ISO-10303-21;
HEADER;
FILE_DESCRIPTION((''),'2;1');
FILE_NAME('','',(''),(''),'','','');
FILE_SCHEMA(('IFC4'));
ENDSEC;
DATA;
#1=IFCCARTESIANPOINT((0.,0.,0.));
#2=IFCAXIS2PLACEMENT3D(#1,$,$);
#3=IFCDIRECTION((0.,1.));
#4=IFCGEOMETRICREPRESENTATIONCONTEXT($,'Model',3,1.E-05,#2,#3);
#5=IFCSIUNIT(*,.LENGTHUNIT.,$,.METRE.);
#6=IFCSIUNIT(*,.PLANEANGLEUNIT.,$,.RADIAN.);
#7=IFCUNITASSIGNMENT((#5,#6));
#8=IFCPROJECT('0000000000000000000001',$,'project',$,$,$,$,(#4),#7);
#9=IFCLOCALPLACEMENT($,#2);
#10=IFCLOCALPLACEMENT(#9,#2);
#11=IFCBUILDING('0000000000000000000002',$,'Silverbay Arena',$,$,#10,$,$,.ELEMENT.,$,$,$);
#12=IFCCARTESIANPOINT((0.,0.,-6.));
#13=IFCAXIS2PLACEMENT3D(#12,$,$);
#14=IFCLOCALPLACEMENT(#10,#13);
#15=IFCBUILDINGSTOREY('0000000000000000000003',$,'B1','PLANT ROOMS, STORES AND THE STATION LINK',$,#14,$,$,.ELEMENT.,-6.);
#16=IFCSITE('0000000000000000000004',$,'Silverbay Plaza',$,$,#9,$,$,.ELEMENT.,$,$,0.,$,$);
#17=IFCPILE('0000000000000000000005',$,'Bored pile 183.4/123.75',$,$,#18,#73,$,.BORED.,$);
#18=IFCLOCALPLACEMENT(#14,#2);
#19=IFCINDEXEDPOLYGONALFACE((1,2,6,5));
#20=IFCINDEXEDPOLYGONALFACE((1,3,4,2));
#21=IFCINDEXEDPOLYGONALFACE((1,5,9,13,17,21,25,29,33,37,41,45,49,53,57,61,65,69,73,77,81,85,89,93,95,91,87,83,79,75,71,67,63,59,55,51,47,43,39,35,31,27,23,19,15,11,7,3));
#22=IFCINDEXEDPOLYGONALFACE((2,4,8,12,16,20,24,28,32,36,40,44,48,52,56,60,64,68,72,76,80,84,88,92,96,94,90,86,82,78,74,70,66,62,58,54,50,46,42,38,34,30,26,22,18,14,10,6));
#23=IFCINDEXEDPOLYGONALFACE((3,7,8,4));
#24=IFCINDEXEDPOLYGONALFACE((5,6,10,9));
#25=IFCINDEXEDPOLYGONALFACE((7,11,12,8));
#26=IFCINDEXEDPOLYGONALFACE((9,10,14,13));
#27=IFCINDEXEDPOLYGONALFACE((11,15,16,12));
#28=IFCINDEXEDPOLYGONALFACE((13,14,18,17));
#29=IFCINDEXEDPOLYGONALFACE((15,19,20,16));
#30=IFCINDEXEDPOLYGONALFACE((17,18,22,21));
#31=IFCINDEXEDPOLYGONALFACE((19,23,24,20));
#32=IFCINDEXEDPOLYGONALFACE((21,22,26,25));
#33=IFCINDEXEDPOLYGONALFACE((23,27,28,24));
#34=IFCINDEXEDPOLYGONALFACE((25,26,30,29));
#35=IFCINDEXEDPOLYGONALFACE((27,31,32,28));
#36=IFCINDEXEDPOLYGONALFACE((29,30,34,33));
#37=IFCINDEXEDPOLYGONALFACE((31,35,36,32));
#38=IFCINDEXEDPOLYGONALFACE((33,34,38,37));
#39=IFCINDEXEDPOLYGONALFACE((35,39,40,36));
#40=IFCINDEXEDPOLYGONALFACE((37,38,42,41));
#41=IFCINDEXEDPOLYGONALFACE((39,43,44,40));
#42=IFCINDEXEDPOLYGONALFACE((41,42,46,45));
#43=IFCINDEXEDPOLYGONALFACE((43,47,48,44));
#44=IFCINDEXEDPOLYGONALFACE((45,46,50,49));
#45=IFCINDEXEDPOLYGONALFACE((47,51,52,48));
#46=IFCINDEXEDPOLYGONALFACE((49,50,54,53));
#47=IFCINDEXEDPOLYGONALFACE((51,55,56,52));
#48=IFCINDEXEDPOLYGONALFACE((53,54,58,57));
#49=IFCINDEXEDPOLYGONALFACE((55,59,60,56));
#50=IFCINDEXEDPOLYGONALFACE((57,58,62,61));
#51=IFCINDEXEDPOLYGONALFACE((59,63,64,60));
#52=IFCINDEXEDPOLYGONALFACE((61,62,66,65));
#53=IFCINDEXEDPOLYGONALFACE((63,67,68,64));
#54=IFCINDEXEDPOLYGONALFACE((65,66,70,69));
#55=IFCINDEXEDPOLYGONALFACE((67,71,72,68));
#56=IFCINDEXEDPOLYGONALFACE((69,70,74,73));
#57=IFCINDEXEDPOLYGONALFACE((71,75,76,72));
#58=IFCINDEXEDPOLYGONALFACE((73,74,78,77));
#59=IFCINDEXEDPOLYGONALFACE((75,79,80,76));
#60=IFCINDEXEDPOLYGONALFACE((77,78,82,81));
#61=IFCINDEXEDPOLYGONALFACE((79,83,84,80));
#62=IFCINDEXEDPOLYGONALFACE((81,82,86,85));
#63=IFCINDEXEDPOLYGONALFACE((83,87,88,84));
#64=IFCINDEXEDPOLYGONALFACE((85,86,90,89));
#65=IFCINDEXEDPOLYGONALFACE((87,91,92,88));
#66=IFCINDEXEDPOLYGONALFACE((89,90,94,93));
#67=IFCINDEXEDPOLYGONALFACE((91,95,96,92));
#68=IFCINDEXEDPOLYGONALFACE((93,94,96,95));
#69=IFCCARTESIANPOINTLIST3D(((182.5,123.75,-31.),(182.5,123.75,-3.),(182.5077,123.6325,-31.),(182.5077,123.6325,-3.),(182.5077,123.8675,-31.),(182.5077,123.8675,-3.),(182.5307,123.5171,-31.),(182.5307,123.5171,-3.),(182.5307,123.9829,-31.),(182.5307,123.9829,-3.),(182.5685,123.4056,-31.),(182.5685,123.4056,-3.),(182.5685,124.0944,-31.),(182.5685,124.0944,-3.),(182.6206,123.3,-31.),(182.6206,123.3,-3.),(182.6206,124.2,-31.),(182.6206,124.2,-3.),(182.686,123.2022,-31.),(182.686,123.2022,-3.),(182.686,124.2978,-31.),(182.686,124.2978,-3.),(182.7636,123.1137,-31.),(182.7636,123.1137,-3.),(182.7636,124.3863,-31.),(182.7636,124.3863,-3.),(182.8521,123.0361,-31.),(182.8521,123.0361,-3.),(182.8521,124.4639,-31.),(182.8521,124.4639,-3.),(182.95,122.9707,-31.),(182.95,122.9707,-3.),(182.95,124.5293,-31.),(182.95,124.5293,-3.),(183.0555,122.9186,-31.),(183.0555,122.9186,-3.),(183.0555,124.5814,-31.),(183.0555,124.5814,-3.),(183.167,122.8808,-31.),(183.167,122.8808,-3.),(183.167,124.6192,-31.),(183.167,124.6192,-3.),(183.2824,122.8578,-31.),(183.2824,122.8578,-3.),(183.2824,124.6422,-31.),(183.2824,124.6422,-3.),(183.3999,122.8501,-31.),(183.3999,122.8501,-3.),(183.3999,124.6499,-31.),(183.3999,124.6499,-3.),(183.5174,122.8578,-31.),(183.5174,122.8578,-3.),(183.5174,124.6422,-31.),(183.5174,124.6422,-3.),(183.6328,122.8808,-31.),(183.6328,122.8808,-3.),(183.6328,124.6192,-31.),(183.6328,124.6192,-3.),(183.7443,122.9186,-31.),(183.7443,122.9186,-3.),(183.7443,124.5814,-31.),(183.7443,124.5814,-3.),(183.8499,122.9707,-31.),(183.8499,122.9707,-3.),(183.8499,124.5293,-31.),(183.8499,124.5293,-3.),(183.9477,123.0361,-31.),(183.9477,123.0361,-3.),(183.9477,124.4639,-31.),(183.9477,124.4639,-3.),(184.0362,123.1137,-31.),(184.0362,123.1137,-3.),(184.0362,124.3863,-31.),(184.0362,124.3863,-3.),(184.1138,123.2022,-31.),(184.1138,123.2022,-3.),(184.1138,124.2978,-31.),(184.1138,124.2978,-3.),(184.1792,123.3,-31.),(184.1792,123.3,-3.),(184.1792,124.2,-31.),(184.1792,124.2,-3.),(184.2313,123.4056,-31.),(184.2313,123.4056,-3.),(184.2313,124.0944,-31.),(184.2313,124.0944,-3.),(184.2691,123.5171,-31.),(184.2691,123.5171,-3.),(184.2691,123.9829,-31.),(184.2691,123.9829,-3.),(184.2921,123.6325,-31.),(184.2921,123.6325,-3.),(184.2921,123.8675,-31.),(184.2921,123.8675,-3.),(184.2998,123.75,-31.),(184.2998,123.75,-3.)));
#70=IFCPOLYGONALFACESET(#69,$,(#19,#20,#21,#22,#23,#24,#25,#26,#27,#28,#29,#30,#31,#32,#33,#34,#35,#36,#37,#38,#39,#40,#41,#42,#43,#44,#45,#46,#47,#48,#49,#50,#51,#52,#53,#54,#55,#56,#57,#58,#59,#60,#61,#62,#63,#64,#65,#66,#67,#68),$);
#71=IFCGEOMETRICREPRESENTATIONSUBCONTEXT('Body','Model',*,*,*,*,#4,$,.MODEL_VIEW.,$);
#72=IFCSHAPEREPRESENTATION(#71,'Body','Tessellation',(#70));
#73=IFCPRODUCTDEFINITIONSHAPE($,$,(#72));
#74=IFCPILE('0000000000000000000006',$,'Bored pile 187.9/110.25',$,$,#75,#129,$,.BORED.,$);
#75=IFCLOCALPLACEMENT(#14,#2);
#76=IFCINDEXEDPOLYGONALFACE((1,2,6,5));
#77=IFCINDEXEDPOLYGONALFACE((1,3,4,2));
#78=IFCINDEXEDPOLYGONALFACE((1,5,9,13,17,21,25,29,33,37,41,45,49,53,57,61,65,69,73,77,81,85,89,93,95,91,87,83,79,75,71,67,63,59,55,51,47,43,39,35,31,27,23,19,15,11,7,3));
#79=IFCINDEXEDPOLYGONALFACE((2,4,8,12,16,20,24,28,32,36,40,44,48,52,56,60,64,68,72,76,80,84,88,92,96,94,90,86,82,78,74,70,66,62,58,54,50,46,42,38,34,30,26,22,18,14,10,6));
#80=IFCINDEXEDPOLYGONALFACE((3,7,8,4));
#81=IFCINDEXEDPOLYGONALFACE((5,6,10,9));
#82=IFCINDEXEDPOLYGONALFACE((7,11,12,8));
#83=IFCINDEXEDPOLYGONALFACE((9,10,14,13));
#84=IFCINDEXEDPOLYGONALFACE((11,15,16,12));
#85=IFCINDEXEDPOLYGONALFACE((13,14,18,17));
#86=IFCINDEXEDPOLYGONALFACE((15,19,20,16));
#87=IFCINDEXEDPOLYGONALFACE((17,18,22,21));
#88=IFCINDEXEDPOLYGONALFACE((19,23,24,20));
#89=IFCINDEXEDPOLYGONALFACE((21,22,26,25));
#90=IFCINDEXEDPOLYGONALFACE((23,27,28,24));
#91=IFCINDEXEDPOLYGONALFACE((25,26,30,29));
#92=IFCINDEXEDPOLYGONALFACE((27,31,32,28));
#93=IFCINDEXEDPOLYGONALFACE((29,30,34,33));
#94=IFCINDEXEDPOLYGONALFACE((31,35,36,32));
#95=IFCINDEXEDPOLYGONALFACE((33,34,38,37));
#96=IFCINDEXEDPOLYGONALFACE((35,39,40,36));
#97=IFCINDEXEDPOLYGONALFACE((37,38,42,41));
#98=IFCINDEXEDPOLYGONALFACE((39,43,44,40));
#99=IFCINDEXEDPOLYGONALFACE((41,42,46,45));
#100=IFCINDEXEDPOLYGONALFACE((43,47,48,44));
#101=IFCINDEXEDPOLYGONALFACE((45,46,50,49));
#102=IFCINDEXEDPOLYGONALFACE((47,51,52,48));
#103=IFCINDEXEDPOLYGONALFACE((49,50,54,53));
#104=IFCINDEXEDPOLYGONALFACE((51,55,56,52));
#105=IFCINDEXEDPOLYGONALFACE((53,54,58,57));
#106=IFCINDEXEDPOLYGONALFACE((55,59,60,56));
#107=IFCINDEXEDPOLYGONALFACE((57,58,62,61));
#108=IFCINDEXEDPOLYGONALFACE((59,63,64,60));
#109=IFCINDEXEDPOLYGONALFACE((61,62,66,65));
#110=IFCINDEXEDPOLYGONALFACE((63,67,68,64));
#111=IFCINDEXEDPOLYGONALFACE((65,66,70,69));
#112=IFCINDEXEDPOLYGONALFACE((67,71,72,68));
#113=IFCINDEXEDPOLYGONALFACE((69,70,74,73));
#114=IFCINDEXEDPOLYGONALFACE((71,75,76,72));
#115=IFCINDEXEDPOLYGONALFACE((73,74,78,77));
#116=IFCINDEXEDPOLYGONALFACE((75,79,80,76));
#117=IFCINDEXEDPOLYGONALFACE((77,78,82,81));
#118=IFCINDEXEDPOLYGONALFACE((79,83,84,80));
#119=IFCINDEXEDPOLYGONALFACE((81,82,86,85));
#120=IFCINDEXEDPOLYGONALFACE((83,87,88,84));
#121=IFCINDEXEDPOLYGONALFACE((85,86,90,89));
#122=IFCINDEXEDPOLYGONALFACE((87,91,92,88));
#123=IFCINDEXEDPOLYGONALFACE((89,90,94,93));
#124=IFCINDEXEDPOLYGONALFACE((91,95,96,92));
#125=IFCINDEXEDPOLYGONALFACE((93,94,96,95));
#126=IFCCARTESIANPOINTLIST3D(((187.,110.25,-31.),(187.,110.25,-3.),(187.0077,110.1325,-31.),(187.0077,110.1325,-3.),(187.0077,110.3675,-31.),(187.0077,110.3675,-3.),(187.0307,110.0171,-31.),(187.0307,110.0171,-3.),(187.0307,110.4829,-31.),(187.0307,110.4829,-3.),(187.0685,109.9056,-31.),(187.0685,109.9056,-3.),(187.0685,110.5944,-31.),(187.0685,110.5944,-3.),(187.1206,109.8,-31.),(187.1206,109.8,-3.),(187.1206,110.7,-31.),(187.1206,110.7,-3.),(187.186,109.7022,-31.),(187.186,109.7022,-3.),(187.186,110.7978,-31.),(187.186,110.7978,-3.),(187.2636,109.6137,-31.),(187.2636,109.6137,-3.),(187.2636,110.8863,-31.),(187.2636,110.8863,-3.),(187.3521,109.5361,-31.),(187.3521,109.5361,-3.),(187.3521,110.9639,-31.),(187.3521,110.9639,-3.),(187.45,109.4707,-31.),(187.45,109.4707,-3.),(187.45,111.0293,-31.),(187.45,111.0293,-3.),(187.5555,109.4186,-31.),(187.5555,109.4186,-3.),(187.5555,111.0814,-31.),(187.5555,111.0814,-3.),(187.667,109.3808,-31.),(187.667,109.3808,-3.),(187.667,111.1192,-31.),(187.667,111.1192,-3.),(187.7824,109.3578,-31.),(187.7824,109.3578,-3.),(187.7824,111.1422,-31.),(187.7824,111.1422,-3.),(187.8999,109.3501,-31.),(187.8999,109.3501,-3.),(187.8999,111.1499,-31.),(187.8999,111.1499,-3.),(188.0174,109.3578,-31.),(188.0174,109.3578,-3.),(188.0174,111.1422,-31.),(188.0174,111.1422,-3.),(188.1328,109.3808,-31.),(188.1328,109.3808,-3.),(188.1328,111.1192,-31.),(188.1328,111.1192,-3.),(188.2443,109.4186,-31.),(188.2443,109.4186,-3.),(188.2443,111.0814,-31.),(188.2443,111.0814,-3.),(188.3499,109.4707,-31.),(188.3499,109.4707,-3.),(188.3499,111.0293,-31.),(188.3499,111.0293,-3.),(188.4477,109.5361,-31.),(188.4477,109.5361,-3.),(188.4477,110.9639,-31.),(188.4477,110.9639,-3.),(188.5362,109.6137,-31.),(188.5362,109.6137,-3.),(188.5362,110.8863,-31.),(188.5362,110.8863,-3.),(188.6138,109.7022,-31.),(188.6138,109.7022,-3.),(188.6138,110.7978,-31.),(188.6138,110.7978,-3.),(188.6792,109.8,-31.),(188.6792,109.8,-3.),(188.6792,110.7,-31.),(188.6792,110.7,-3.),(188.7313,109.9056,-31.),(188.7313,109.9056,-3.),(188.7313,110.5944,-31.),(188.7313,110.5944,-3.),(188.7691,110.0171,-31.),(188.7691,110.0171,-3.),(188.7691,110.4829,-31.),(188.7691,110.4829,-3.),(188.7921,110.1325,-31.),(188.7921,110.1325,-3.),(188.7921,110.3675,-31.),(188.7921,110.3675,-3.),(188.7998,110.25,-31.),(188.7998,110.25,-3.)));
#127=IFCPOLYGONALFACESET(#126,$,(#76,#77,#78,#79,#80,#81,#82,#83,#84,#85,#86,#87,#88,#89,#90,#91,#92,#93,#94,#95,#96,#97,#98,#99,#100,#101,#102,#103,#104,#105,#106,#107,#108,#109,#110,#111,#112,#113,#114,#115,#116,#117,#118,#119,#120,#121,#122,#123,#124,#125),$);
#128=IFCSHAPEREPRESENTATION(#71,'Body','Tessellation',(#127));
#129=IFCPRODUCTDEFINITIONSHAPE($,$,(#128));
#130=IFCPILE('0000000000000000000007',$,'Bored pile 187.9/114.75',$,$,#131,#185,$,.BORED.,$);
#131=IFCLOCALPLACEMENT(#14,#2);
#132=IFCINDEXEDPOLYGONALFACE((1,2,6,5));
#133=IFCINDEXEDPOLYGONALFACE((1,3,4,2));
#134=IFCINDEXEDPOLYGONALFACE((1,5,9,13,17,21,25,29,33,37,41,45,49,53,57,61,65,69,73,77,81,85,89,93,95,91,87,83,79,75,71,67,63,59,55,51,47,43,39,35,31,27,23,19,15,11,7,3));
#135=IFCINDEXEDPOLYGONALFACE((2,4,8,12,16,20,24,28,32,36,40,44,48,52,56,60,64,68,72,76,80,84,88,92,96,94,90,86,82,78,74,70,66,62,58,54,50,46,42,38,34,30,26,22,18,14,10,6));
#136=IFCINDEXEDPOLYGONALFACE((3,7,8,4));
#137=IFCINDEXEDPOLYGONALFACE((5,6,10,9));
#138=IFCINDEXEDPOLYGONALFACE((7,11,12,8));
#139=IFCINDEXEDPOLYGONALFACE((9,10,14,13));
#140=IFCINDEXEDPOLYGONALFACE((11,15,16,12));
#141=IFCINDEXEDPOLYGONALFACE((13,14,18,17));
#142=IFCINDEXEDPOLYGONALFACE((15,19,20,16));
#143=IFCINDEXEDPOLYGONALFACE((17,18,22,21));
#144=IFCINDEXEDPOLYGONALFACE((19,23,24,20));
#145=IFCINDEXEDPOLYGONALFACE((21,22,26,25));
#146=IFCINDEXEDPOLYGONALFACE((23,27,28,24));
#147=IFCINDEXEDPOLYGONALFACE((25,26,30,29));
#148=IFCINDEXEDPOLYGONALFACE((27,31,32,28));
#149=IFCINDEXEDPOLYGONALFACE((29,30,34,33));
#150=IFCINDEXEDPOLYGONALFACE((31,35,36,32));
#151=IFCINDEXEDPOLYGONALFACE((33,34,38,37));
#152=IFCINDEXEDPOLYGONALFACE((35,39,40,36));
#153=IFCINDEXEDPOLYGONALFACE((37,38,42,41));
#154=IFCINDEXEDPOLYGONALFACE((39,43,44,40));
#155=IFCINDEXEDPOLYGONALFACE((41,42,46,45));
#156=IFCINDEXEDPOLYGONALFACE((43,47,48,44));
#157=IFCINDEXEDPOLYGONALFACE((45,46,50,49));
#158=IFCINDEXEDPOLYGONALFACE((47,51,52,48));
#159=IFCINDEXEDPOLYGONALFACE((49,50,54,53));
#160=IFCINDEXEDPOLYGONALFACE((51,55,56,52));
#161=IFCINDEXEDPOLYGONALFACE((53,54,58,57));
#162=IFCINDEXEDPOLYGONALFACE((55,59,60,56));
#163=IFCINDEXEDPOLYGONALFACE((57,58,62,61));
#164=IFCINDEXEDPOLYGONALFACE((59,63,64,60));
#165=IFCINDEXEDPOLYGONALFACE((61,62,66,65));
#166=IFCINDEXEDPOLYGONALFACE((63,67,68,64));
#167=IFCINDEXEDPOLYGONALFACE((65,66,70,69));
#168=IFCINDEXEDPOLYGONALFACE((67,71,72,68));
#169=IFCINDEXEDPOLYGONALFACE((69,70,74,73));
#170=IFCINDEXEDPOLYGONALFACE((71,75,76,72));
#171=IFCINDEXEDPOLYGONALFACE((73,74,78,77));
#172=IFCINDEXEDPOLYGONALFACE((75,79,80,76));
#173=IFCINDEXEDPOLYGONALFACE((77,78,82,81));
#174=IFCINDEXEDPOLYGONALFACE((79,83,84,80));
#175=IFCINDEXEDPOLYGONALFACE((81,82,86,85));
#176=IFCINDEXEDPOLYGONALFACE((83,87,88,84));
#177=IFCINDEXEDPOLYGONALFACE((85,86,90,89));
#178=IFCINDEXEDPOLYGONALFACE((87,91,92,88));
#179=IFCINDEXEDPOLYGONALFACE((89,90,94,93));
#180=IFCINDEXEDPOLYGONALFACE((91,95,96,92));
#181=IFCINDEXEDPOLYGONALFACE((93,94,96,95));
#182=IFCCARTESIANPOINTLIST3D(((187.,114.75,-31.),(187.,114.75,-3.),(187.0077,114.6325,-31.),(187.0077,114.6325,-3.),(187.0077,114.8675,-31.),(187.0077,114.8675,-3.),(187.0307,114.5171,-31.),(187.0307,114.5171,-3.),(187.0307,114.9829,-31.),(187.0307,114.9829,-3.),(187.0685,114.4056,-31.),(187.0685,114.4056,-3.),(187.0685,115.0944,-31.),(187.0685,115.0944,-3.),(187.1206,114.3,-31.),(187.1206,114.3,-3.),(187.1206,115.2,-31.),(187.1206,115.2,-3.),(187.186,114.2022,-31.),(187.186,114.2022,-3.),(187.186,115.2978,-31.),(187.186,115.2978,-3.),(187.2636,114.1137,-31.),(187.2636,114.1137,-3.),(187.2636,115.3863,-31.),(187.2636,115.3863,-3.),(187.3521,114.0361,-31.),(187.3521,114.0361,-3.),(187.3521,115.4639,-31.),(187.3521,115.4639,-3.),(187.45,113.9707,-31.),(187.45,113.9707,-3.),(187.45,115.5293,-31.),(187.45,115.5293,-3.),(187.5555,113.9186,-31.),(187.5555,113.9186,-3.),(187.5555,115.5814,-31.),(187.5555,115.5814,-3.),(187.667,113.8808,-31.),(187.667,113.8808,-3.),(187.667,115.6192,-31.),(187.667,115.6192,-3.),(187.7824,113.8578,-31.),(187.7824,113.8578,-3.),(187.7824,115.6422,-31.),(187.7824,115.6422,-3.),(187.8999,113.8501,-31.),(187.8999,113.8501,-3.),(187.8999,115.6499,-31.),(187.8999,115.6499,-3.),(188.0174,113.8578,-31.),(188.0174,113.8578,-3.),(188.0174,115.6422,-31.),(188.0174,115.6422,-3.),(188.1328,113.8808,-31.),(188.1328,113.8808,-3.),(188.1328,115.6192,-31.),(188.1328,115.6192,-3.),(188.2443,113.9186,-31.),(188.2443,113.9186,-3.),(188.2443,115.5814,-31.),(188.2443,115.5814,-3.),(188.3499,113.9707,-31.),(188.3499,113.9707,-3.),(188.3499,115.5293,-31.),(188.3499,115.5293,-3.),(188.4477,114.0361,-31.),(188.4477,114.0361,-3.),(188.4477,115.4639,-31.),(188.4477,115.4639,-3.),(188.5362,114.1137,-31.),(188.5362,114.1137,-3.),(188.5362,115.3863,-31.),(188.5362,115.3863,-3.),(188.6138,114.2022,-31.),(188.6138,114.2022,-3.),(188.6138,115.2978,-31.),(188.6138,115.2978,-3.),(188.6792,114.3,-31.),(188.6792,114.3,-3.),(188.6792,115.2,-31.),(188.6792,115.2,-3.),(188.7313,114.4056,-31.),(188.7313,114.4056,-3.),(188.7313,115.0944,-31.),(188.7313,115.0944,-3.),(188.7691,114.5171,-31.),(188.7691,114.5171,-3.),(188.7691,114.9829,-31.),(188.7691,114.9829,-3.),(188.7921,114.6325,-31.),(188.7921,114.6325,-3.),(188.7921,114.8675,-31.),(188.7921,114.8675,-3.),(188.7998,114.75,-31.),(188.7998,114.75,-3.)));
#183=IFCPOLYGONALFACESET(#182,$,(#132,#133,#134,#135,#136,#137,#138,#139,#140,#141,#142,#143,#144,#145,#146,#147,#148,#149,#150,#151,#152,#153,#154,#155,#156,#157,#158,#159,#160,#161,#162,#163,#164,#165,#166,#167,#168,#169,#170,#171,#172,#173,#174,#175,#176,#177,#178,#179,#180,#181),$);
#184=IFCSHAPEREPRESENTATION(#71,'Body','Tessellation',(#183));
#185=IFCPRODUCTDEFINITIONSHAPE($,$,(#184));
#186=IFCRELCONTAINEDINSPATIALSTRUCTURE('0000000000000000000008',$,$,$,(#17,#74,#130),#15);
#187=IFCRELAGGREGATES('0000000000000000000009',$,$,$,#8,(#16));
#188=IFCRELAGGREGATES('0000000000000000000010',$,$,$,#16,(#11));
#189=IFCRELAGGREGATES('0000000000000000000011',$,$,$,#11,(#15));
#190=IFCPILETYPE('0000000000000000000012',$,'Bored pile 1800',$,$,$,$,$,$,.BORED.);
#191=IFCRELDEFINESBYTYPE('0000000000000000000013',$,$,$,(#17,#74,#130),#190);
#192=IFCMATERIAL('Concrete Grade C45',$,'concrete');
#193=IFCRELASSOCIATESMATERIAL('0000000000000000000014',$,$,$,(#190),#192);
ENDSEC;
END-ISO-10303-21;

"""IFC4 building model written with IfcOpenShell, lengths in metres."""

from ifc_helpers import new_model, si_unit, direction, frame, origin, origin_2d, place, context, subcontext, project, spatial, circle, extrude, material, material_profile, profile_set, type_object, element, save


model = new_model("IFC4")

# Units and contexts
model_context = context("Model", 3, precision=1e-05, world=origin(), true_north=direction((0.0, 1.0)))
body_context = subcontext(model_context, "Body", "Model", "MODEL_VIEW")
ifc_project = project(units=[si_unit("LENGTHUNIT", "METRE"), si_unit("PLANEANGLEUNIT", "RADIAN")], contexts=[model_context])

# Site, building, storey
site_placement = place(None, origin())
site = spatial("IfcSite", under=ifc_project, at=site_placement, Name="Silverbay Plaza", CompositionType="ELEMENT", RefElevation=0.0)
building_placement = place(site_placement, origin())
building = spatial("IfcBuilding", under=site, at=building_placement, Name="Silverbay Arena", CompositionType="ELEMENT")
storey_placement = place(building_placement, frame((0.0, 0.0, -6.0)))
storey = spatial("IfcBuildingStorey", under=building, at=storey_placement, Name="B1", Description="PLANT ROOMS, STORES AND THE STATION LINK", CompositionType="ELEMENT", Elevation=-6.0)

# Piles
ifc_material_1 = material(Name="Concrete Grade C45", Category="concrete")
ifc_material_profile_1 = material_profile(ifc_material_1, circle(Radius=0.8999, at=origin_2d()), Name="Bored pile 1800")
ifc_profile_set_1 = profile_set([ifc_material_profile_1], Name="Concrete Grade C45")
pile_type_1 = type_object("IfcPileType", Name="Bored pile 1800", PredefinedType="BORED", material=ifc_profile_set_1)
for number, where, z_axis, x_axis, name in (
    (1, (183.3999, 123.75, -3.0), (0.0, 0.0, -1.0), (1.0, 0.0, 0.0), "Bored pile 183.4/123.75"),
    (2, (187.8999, 110.25, -3.0), (0.0, 0.0, -1.0), (1.0, 0.0, 0.0), "Bored pile 187.9/110.25"),
    (3, (187.8999, 114.75, -3.0), (0.0, 0.0, -1.0), (1.0, 0.0, 0.0), "Bored pile 187.9/114.75"),
):
    element("IfcPile", number, at=place(storey_placement, frame(where, z_axis=z_axis, x_axis=x_axis)), inside=storey, type_object=pile_type_1, Name=name, PredefinedType="BORED", context=body_context, shape_type="SweptSolid", body=[
        extrude(circle(Radius=0.8999, at=origin_2d()), origin(), (0.0, 0.0, 1.0), 28.0),
    ])

save(model, "model.ifc")
